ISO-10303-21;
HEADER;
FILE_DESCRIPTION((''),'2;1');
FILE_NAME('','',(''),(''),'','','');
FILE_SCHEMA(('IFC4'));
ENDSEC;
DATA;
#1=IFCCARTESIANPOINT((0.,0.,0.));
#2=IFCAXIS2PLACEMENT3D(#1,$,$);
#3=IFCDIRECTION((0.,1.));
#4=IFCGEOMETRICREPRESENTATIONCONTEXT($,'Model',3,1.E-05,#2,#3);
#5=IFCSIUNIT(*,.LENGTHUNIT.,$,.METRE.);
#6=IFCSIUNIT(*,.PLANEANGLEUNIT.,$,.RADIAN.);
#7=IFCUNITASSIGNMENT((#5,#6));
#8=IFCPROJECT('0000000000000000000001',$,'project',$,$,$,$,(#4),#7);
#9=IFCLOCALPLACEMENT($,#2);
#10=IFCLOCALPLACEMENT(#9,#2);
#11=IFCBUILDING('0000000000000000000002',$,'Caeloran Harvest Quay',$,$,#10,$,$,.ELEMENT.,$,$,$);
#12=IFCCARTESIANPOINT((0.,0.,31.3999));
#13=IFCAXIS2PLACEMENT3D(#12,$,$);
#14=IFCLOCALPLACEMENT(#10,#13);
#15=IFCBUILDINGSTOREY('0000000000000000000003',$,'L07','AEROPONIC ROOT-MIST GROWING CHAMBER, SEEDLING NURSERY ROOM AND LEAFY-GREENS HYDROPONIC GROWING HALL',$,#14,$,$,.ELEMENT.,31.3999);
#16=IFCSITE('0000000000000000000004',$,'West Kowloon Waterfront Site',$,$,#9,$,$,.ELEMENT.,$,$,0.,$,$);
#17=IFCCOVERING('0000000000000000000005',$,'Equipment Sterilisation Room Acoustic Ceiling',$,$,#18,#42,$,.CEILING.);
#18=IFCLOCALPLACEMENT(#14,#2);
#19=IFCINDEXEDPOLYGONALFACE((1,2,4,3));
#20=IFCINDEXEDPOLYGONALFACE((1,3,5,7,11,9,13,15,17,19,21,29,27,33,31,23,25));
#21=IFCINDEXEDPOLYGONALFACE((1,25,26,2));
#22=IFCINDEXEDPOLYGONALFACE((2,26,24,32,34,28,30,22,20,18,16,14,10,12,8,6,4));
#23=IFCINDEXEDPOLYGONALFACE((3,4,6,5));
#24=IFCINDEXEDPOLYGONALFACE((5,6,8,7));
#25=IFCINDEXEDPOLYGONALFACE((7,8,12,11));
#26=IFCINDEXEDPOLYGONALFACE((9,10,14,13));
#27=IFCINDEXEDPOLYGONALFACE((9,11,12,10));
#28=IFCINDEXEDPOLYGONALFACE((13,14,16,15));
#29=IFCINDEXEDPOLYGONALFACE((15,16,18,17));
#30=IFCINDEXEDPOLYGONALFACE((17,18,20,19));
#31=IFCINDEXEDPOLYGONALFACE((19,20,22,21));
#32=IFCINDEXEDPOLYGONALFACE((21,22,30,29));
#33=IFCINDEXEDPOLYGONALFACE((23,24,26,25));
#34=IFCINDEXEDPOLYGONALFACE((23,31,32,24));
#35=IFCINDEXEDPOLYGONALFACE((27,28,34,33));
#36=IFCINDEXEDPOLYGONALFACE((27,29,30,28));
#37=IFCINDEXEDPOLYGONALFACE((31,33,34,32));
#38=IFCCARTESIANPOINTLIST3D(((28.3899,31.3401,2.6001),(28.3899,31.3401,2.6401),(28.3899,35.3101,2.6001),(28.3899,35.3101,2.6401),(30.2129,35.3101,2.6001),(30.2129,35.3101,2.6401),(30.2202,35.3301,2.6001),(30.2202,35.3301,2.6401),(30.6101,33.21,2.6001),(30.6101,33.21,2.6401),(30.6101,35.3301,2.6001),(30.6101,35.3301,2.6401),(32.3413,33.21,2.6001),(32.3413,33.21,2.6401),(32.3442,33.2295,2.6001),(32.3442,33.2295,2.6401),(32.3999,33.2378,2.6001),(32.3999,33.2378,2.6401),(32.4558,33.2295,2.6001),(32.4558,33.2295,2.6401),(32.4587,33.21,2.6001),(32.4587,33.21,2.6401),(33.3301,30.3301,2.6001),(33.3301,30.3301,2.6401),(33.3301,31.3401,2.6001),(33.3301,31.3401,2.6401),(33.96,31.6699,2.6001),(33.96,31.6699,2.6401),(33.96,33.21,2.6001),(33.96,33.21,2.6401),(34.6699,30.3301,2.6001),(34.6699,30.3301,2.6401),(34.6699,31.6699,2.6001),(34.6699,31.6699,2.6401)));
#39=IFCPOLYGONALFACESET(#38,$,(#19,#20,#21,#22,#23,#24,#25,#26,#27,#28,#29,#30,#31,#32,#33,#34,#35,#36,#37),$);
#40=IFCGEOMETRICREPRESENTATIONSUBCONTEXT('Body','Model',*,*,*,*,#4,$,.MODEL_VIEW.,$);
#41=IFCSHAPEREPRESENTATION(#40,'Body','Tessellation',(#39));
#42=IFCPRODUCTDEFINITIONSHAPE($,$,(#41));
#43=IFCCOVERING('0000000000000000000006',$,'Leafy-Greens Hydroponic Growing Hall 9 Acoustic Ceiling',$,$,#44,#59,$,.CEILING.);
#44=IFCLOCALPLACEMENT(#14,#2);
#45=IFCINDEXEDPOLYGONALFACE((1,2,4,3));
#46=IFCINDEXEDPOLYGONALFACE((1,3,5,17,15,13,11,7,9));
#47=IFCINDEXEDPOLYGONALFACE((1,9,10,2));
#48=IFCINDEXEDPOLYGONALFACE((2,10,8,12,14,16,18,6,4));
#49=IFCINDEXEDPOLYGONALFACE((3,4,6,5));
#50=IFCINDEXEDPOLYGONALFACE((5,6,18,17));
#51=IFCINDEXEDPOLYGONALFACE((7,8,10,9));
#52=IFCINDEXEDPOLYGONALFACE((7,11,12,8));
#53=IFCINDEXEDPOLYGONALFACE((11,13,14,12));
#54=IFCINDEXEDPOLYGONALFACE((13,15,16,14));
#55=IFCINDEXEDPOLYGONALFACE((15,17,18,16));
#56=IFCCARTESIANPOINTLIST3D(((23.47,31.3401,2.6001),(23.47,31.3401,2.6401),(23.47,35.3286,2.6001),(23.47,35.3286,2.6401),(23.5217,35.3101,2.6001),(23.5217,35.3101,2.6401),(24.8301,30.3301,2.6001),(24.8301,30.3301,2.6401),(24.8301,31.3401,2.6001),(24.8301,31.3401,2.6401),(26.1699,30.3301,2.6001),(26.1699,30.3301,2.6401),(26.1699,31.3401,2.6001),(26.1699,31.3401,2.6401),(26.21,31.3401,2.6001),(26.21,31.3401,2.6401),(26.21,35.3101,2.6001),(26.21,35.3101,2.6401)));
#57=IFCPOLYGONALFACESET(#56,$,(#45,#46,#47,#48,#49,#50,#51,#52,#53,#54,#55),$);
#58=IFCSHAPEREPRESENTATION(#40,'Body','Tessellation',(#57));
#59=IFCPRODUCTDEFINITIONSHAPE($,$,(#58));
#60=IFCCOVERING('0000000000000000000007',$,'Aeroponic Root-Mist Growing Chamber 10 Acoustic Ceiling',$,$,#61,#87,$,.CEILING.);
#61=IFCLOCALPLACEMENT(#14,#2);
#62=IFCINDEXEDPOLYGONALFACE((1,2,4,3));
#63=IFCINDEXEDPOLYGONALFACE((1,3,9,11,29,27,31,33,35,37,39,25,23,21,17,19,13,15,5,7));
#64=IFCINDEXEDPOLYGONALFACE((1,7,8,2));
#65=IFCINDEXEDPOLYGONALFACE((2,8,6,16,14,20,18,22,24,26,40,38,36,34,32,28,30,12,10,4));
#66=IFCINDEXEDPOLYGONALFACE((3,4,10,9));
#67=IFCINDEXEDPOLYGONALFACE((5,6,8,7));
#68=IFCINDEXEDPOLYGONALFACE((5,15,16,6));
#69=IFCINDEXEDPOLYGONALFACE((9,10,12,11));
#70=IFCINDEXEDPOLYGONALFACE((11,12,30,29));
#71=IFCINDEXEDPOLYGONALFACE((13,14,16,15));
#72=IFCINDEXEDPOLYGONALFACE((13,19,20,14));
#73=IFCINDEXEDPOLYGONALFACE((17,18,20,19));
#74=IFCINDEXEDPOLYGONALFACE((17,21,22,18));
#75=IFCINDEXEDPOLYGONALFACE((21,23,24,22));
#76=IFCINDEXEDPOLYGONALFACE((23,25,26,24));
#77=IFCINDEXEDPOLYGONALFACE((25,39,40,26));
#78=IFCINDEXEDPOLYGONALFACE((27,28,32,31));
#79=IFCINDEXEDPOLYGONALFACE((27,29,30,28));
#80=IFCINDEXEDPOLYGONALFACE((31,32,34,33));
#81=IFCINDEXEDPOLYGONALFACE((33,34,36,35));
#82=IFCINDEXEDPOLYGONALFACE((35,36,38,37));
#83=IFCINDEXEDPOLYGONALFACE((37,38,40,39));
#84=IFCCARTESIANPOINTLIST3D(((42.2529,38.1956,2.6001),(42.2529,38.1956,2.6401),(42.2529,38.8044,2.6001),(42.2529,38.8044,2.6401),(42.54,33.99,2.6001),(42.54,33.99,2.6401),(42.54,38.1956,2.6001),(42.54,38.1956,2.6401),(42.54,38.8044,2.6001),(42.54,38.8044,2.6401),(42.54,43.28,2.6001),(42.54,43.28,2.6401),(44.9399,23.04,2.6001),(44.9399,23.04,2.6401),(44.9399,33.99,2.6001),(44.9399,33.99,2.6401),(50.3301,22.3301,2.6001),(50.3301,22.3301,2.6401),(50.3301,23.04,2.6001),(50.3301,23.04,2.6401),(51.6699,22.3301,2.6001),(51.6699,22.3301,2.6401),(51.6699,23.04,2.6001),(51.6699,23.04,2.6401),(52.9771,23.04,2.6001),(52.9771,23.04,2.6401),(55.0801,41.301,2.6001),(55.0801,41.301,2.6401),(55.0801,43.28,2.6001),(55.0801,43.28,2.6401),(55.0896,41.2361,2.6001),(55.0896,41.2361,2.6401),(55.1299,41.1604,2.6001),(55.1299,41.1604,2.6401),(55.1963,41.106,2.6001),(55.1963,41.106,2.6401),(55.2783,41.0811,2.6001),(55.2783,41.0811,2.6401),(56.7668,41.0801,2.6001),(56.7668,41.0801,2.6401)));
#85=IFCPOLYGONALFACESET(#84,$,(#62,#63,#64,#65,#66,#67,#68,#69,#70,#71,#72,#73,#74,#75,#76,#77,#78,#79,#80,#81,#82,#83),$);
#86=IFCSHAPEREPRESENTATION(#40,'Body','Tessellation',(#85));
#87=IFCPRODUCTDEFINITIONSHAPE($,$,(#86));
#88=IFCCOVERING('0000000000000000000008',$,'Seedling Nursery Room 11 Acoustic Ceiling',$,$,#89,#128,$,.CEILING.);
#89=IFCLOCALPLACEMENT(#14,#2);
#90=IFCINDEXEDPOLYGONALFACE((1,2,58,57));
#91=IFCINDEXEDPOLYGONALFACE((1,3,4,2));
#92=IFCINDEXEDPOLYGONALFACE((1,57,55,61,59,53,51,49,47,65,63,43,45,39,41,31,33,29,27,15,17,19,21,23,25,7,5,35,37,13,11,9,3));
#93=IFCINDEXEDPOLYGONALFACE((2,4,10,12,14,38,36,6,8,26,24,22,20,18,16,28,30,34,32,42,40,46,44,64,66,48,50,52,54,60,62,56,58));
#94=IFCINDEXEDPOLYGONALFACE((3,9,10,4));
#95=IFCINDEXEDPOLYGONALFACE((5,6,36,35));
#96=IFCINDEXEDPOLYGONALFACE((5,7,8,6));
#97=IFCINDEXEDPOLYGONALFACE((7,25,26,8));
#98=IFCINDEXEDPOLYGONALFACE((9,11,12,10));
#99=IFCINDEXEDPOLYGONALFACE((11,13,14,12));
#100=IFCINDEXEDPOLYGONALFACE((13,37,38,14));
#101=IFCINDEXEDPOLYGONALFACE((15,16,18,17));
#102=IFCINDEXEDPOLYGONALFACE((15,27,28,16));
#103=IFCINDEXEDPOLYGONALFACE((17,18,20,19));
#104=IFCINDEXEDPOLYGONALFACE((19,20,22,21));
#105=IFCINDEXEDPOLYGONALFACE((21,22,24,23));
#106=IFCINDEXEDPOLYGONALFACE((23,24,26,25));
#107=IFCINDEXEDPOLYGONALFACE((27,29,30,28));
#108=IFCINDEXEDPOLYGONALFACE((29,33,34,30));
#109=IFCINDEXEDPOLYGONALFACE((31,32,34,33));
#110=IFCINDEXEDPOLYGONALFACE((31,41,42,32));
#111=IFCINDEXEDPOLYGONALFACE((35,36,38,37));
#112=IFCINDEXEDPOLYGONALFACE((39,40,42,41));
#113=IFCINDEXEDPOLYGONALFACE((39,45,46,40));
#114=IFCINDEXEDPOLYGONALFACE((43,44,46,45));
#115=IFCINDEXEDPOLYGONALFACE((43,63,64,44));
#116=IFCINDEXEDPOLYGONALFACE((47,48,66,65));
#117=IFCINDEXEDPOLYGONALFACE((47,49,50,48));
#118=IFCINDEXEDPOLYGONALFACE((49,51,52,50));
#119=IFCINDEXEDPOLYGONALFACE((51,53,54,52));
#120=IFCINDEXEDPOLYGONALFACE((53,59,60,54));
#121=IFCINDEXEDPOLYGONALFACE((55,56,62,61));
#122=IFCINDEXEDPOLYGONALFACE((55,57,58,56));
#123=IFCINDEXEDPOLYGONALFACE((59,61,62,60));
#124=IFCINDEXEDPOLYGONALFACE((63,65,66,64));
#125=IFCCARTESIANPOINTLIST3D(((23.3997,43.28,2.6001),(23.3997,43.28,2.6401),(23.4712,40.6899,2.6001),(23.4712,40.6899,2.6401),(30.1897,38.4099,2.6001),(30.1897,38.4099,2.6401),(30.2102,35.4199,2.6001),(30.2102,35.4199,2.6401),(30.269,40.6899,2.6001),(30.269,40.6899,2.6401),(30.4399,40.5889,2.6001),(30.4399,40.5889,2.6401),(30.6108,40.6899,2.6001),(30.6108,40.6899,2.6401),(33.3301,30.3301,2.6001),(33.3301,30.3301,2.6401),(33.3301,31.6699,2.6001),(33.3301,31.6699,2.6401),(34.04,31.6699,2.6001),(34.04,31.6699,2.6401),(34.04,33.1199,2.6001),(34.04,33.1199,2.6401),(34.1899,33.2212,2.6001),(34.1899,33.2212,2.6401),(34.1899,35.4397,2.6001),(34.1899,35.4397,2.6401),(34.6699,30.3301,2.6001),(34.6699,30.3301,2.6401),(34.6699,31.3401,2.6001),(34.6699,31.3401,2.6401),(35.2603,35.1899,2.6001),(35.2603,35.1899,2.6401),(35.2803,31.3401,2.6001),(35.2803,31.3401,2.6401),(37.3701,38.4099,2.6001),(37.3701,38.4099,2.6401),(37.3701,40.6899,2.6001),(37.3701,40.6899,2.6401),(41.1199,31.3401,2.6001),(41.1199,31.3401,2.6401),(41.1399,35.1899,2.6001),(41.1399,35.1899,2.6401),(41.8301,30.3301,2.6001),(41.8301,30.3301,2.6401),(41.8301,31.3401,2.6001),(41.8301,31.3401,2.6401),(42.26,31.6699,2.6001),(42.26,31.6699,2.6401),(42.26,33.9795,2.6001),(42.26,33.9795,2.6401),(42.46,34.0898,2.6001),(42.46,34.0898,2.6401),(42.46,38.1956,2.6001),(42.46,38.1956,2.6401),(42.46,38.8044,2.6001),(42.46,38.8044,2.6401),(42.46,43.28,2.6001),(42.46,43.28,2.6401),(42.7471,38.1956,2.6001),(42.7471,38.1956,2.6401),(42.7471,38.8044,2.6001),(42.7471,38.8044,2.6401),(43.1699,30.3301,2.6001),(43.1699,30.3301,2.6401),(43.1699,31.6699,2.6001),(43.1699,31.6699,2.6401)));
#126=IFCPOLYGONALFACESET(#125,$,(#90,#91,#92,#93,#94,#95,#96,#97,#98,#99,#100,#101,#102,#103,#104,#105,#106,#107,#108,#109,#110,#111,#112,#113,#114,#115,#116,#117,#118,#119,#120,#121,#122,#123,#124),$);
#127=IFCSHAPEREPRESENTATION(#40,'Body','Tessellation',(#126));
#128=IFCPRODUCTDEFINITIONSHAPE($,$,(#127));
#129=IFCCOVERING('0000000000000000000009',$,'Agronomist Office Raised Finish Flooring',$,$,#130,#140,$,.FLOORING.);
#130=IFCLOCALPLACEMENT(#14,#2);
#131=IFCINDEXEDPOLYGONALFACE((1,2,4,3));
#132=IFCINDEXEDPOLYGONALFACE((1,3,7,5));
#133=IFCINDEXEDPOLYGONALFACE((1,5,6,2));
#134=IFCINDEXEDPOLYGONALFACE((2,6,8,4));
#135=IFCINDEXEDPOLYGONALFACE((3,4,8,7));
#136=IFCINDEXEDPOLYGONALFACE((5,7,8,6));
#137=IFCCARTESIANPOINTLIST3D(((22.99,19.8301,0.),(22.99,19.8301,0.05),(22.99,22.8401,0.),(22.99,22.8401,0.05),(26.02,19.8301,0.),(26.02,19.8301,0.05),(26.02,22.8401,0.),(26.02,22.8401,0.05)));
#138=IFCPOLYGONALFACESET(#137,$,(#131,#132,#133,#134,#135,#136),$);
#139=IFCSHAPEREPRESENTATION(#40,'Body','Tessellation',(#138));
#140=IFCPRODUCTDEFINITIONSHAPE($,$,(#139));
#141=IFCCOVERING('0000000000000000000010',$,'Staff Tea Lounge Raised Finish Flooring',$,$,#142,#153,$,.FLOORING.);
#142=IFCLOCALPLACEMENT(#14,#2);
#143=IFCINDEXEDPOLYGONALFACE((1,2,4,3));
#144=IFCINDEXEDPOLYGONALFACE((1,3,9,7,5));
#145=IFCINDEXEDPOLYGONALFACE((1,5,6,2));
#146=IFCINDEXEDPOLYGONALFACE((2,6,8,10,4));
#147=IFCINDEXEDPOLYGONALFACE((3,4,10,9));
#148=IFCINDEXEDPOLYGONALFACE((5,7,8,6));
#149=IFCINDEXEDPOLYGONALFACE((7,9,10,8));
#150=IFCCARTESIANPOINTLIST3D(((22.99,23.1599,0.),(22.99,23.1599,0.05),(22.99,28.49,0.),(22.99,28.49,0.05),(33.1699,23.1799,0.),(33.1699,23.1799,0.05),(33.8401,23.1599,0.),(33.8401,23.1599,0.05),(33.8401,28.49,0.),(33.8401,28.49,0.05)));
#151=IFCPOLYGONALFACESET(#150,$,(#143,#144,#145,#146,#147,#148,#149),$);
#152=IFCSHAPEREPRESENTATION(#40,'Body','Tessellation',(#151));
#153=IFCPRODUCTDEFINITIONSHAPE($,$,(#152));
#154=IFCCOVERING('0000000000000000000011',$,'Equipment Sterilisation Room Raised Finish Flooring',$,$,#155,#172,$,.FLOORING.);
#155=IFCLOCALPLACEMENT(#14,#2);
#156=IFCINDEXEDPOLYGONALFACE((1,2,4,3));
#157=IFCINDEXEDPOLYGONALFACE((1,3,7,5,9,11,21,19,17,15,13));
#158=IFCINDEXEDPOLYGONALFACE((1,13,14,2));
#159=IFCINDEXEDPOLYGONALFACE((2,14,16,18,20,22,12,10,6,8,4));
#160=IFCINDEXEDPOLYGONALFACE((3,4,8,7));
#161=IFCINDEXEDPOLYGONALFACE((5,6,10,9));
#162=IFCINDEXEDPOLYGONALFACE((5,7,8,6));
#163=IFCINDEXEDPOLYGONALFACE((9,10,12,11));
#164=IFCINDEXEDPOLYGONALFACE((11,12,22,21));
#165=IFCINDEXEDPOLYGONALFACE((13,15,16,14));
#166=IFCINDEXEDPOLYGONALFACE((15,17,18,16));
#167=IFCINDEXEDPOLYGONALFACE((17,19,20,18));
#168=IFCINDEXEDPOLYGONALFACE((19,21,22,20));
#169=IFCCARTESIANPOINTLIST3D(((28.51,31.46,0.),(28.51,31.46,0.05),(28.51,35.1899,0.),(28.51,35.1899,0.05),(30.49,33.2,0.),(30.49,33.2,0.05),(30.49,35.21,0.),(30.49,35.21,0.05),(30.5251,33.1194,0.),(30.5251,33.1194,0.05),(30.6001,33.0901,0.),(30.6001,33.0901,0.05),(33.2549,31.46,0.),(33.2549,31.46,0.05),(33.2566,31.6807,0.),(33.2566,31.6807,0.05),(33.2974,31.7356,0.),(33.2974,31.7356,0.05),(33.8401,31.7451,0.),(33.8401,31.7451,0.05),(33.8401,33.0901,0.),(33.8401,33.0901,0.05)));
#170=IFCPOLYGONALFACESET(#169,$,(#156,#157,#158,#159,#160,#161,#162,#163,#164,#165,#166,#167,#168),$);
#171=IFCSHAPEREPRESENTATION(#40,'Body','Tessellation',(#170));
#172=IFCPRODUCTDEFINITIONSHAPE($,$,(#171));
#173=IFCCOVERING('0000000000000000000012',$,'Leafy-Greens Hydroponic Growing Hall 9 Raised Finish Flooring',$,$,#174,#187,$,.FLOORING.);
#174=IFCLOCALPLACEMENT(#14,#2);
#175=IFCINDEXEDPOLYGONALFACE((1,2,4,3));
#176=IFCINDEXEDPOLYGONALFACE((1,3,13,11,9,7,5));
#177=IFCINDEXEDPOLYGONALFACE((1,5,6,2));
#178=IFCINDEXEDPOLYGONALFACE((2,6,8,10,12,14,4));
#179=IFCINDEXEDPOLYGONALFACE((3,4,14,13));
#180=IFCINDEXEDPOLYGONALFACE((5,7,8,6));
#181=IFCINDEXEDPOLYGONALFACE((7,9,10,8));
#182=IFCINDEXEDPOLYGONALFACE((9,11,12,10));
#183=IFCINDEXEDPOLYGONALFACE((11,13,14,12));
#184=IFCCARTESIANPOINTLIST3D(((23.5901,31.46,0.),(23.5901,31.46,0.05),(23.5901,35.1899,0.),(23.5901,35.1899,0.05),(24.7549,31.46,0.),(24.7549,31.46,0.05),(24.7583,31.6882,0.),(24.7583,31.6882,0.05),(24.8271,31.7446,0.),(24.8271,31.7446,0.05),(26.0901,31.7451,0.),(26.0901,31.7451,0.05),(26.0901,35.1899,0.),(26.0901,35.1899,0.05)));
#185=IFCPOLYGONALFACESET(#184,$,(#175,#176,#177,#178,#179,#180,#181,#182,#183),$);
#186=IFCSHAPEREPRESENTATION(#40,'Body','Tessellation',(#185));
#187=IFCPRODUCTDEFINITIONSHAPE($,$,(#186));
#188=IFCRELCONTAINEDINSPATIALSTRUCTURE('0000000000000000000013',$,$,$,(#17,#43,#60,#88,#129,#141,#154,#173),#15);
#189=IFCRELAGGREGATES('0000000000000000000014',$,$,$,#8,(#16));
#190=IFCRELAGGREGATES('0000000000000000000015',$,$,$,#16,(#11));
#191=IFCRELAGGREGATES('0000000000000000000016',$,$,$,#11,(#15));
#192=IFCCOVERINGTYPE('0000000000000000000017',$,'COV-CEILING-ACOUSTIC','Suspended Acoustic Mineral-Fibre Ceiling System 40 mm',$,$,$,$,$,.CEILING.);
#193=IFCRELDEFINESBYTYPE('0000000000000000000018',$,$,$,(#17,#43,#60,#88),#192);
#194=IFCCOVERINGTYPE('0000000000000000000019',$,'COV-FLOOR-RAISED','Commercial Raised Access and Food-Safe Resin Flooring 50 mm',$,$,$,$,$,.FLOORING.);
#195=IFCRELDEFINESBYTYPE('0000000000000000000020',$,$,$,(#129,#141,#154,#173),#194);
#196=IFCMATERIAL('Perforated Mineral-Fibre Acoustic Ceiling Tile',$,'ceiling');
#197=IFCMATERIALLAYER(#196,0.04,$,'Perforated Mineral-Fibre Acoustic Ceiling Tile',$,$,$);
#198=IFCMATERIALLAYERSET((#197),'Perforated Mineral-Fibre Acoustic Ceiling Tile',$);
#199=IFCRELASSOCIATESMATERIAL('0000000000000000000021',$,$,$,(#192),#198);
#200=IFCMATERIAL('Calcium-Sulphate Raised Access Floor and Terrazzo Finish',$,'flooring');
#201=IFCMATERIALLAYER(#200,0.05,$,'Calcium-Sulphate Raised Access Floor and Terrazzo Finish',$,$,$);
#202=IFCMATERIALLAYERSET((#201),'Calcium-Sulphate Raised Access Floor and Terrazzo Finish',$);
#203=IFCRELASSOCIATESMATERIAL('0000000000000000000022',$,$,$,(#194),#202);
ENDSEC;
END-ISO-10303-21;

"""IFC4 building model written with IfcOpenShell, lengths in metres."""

from ifc_helpers import new_model, si_unit, direction, frame, origin, place, context, subcontext, project, spatial, polyline, outline, extrude, material, layer, layer_set, type_object, element, save


model = new_model("IFC4")

# Units and contexts
model_context = context("Model", 3, precision=1e-05, world=origin(), true_north=direction((0.0, 1.0)))
body_context = subcontext(model_context, "Body", "Model", "MODEL_VIEW")
ifc_project = project(units=[si_unit("LENGTHUNIT", "METRE"), si_unit("PLANEANGLEUNIT", "RADIAN")], contexts=[model_context])

# Site, building, storey
site_placement = place(None, origin())
site = spatial("IfcSite", under=ifc_project, at=site_placement, Name="West Kowloon Waterfront Site", CompositionType="ELEMENT", RefElevation=0.0)
building_placement = place(site_placement, origin())
building = spatial("IfcBuilding", under=site, at=building_placement, Name="Caeloran Harvest Quay", CompositionType="ELEMENT")
storey_placement = place(building_placement, frame((0.0, 0.0, 31.3999)))
storey = spatial("IfcBuildingStorey", under=building, at=storey_placement, Name="L07", Description="AEROPONIC ROOT-MIST GROWING CHAMBER, SEEDLING NURSERY ROOM AND LEAFY-GREENS HYDROPONIC GROWING HALL", CompositionType="ELEMENT", Elevation=31.3999)

# Coverings
ifc_material_1 = material(Name="Perforated Mineral-Fibre Acoustic Ceiling Tile", Category="ceiling")
ifc_layer_1 = layer(ifc_material_1, 0.04, Name="Perforated Mineral-Fibre Acoustic Ceiling Tile")
ifc_layer_set_1 = layer_set([ifc_layer_1], Name="Perforated Mineral-Fibre Acoustic Ceiling Tile")
covering_type_1 = type_object("IfcCoveringType", Name="COV-CEILING-ACOUSTIC", Description="Suspended Acoustic Mineral-Fibre Ceiling System 40 mm", PredefinedType="CEILING", material=ifc_layer_set_1)
covering_1_placement = place(storey_placement, frame((0.0, 0.0, 2.6001)))
element("IfcCovering", 1, at=covering_1_placement, inside=storey, type_object=covering_type_1, Name="Equipment Sterilisation Room Acoustic Ceiling", PredefinedType="CEILING", context=body_context, shape_type="SweptSolid", body=[
    extrude(outline(polyline([(34.6699, 31.6699), (34.6699, 30.3301), (33.3301, 30.3301), (33.3301, 31.3401), (28.3899, 31.3401), (28.3899, 35.3101), (30.2129, 35.3101), (30.2202, 35.3301), (30.6101, 35.3301), (30.6101, 33.21), (32.3413, 33.21), (32.3442, 33.2295), (32.3999, 33.2378), (32.4558, 33.2295), (32.4587, 33.21), (33.96, 33.21), (33.96, 31.6699), (34.6699, 31.6699)])), origin(), (0.0, 0.0, 1.0), 0.04),
])
covering_2_placement = place(storey_placement, frame((0.0, 0.0, 2.6001)))
element("IfcCovering", 2, at=covering_2_placement, inside=storey, type_object=covering_type_1, Name="Leafy-Greens Hydroponic Growing Hall 9 Acoustic Ceiling", PredefinedType="CEILING", context=body_context, shape_type="SweptSolid", body=[
    extrude(outline(polyline([(26.1699, 30.3301), (24.8301, 30.3301), (24.8301, 31.3401), (23.47, 31.3401), (23.47, 35.3286), (23.5217, 35.3101), (26.21, 35.3101), (26.21, 31.3401), (26.1699, 31.3401), (26.1699, 30.3301)])), origin(), (0.0, 0.0, 1.0), 0.04),
])
covering_3_placement = place(storey_placement, frame((0.0, 0.0, 2.6001)))
element("IfcCovering", 3, at=covering_3_placement, inside=storey, type_object=covering_type_1, Name="Aeroponic Root-Mist Growing Chamber 10 Acoustic Ceiling", PredefinedType="CEILING", context=body_context, shape_type="SweptSolid", body=[
    extrude(outline(polyline([(50.3301, 23.04), (44.9399, 23.04), (44.9399, 33.99), (42.54, 33.99), (42.54, 38.1956), (42.2529, 38.1956), (42.2529, 38.8044), (42.54, 38.8044), (42.54, 43.28), (55.0801, 43.28), (55.0801, 41.301), (55.0896, 41.2361), (55.1299, 41.1604), (55.1963, 41.106), (55.2783, 41.0811), (56.7668, 41.0801), (52.9771, 23.04), (51.6699, 23.04), (51.6699, 22.3301), (50.3301, 22.3301), (50.3301, 23.04)])), origin(), (0.0, 0.0, 1.0), 0.04),
])
covering_4_placement = place(storey_placement, frame((0.0, 0.0, 2.6001)))
element("IfcCovering", 4, at=covering_4_placement, inside=storey, type_object=covering_type_1, Name="Seedling Nursery Room 11 Acoustic Ceiling", PredefinedType="CEILING", context=body_context, shape_type="SweptSolid", body=[
    extrude(outline(polyline([(33.3301, 31.6699), (34.04, 31.6699), (34.04, 33.1199), (34.1899, 33.2212), (34.1899, 35.4397), (30.2102, 35.4199), (30.1897, 38.4099), (37.3701, 38.4099), (37.3701, 40.6899), (30.6108, 40.6899), (30.4399, 40.5889), (30.269, 40.6899), (23.4712, 40.6899), (23.3997, 43.28), (42.46, 43.28), (42.46, 38.8044), (42.7471, 38.8044), (42.7471, 38.1956), (42.46, 38.1956), (42.46, 34.0898), (42.26, 33.9795), (42.26, 31.6699), (43.1699, 31.6699), (43.1699, 30.3301), (41.8301, 30.3301), (41.8301, 31.3401), (41.1199, 31.3401), (41.1399, 35.1899), (35.2603, 35.1899), (35.2803, 31.3401), (34.6699, 31.3401), (34.6699, 30.3301), (33.3301, 30.3301), (33.3301, 31.6699)])), origin(), (0.0, 0.0, 1.0), 0.04),
])
ifc_material_2 = material(Name="Calcium-Sulphate Raised Access Floor and Terrazzo Finish", Category="flooring")
ifc_layer_2 = layer(ifc_material_2, 0.05, Name="Calcium-Sulphate Raised Access Floor and Terrazzo Finish")
ifc_layer_set_2 = layer_set([ifc_layer_2], Name="Calcium-Sulphate Raised Access Floor and Terrazzo Finish")
covering_type_2 = type_object("IfcCoveringType", Name="COV-FLOOR-RAISED", Description="Commercial Raised Access and Food-Safe Resin Flooring 50 mm", PredefinedType="FLOORING", material=ifc_layer_set_2)
covering_5_placement = place(storey_placement, origin())
element("IfcCovering", 5, at=covering_5_placement, inside=storey, type_object=covering_type_2, Name="Agronomist Office Raised Finish Flooring", PredefinedType="FLOORING", context=body_context, shape_type="SweptSolid", body=[
    extrude(outline(polyline([(26.02, 22.8401), (26.02, 19.8301), (22.99, 19.8301), (22.99, 22.8401), (26.02, 22.8401)])), origin(), (0.0, 0.0, 1.0), 0.05),
])
covering_6_placement = place(storey_placement, origin())
element("IfcCovering", 6, at=covering_6_placement, inside=storey, type_object=covering_type_2, Name="Staff Tea Lounge Raised Finish Flooring", PredefinedType="FLOORING", context=body_context, shape_type="SweptSolid", body=[
    extrude(outline(polyline([(22.99, 28.49), (33.8401, 28.49), (33.8401, 23.1599), (33.1699, 23.1799), (22.99, 23.1599), (22.99, 28.49)])), origin(), (0.0, 0.0, 1.0), 0.05),
])
covering_7_placement = place(storey_placement, origin())
element("IfcCovering", 7, at=covering_7_placement, inside=storey, type_object=covering_type_2, Name="Equipment Sterilisation Room Raised Finish Flooring", PredefinedType="FLOORING", context=body_context, shape_type="SweptSolid", body=[
    extrude(outline(polyline([(28.51, 35.1899), (30.49, 35.21), (30.49, 33.2), (30.5251, 33.1194), (30.6001, 33.0901), (33.8401, 33.0901), (33.8401, 31.7451), (33.2974, 31.7356), (33.2566, 31.6807), (33.2549, 31.46), (28.51, 31.46), (28.51, 35.1899)])), origin(), (0.0, 0.0, 1.0), 0.05),
])
covering_8_placement = place(storey_placement, origin())
element("IfcCovering", 8, at=covering_8_placement, inside=storey, type_object=covering_type_2, Name="Leafy-Greens Hydroponic Growing Hall 9 Raised Finish Flooring", PredefinedType="FLOORING", context=body_context, shape_type="SweptSolid", body=[
    extrude(outline(polyline([(23.5901, 35.1899), (26.0901, 35.1899), (26.0901, 31.7451), (24.8271, 31.7446), (24.7583, 31.6882), (24.7549, 31.46), (23.5901, 31.46), (23.5901, 35.1899)])), origin(), (0.0, 0.0, 1.0), 0.05),
])

save(model, "model.ifc")
